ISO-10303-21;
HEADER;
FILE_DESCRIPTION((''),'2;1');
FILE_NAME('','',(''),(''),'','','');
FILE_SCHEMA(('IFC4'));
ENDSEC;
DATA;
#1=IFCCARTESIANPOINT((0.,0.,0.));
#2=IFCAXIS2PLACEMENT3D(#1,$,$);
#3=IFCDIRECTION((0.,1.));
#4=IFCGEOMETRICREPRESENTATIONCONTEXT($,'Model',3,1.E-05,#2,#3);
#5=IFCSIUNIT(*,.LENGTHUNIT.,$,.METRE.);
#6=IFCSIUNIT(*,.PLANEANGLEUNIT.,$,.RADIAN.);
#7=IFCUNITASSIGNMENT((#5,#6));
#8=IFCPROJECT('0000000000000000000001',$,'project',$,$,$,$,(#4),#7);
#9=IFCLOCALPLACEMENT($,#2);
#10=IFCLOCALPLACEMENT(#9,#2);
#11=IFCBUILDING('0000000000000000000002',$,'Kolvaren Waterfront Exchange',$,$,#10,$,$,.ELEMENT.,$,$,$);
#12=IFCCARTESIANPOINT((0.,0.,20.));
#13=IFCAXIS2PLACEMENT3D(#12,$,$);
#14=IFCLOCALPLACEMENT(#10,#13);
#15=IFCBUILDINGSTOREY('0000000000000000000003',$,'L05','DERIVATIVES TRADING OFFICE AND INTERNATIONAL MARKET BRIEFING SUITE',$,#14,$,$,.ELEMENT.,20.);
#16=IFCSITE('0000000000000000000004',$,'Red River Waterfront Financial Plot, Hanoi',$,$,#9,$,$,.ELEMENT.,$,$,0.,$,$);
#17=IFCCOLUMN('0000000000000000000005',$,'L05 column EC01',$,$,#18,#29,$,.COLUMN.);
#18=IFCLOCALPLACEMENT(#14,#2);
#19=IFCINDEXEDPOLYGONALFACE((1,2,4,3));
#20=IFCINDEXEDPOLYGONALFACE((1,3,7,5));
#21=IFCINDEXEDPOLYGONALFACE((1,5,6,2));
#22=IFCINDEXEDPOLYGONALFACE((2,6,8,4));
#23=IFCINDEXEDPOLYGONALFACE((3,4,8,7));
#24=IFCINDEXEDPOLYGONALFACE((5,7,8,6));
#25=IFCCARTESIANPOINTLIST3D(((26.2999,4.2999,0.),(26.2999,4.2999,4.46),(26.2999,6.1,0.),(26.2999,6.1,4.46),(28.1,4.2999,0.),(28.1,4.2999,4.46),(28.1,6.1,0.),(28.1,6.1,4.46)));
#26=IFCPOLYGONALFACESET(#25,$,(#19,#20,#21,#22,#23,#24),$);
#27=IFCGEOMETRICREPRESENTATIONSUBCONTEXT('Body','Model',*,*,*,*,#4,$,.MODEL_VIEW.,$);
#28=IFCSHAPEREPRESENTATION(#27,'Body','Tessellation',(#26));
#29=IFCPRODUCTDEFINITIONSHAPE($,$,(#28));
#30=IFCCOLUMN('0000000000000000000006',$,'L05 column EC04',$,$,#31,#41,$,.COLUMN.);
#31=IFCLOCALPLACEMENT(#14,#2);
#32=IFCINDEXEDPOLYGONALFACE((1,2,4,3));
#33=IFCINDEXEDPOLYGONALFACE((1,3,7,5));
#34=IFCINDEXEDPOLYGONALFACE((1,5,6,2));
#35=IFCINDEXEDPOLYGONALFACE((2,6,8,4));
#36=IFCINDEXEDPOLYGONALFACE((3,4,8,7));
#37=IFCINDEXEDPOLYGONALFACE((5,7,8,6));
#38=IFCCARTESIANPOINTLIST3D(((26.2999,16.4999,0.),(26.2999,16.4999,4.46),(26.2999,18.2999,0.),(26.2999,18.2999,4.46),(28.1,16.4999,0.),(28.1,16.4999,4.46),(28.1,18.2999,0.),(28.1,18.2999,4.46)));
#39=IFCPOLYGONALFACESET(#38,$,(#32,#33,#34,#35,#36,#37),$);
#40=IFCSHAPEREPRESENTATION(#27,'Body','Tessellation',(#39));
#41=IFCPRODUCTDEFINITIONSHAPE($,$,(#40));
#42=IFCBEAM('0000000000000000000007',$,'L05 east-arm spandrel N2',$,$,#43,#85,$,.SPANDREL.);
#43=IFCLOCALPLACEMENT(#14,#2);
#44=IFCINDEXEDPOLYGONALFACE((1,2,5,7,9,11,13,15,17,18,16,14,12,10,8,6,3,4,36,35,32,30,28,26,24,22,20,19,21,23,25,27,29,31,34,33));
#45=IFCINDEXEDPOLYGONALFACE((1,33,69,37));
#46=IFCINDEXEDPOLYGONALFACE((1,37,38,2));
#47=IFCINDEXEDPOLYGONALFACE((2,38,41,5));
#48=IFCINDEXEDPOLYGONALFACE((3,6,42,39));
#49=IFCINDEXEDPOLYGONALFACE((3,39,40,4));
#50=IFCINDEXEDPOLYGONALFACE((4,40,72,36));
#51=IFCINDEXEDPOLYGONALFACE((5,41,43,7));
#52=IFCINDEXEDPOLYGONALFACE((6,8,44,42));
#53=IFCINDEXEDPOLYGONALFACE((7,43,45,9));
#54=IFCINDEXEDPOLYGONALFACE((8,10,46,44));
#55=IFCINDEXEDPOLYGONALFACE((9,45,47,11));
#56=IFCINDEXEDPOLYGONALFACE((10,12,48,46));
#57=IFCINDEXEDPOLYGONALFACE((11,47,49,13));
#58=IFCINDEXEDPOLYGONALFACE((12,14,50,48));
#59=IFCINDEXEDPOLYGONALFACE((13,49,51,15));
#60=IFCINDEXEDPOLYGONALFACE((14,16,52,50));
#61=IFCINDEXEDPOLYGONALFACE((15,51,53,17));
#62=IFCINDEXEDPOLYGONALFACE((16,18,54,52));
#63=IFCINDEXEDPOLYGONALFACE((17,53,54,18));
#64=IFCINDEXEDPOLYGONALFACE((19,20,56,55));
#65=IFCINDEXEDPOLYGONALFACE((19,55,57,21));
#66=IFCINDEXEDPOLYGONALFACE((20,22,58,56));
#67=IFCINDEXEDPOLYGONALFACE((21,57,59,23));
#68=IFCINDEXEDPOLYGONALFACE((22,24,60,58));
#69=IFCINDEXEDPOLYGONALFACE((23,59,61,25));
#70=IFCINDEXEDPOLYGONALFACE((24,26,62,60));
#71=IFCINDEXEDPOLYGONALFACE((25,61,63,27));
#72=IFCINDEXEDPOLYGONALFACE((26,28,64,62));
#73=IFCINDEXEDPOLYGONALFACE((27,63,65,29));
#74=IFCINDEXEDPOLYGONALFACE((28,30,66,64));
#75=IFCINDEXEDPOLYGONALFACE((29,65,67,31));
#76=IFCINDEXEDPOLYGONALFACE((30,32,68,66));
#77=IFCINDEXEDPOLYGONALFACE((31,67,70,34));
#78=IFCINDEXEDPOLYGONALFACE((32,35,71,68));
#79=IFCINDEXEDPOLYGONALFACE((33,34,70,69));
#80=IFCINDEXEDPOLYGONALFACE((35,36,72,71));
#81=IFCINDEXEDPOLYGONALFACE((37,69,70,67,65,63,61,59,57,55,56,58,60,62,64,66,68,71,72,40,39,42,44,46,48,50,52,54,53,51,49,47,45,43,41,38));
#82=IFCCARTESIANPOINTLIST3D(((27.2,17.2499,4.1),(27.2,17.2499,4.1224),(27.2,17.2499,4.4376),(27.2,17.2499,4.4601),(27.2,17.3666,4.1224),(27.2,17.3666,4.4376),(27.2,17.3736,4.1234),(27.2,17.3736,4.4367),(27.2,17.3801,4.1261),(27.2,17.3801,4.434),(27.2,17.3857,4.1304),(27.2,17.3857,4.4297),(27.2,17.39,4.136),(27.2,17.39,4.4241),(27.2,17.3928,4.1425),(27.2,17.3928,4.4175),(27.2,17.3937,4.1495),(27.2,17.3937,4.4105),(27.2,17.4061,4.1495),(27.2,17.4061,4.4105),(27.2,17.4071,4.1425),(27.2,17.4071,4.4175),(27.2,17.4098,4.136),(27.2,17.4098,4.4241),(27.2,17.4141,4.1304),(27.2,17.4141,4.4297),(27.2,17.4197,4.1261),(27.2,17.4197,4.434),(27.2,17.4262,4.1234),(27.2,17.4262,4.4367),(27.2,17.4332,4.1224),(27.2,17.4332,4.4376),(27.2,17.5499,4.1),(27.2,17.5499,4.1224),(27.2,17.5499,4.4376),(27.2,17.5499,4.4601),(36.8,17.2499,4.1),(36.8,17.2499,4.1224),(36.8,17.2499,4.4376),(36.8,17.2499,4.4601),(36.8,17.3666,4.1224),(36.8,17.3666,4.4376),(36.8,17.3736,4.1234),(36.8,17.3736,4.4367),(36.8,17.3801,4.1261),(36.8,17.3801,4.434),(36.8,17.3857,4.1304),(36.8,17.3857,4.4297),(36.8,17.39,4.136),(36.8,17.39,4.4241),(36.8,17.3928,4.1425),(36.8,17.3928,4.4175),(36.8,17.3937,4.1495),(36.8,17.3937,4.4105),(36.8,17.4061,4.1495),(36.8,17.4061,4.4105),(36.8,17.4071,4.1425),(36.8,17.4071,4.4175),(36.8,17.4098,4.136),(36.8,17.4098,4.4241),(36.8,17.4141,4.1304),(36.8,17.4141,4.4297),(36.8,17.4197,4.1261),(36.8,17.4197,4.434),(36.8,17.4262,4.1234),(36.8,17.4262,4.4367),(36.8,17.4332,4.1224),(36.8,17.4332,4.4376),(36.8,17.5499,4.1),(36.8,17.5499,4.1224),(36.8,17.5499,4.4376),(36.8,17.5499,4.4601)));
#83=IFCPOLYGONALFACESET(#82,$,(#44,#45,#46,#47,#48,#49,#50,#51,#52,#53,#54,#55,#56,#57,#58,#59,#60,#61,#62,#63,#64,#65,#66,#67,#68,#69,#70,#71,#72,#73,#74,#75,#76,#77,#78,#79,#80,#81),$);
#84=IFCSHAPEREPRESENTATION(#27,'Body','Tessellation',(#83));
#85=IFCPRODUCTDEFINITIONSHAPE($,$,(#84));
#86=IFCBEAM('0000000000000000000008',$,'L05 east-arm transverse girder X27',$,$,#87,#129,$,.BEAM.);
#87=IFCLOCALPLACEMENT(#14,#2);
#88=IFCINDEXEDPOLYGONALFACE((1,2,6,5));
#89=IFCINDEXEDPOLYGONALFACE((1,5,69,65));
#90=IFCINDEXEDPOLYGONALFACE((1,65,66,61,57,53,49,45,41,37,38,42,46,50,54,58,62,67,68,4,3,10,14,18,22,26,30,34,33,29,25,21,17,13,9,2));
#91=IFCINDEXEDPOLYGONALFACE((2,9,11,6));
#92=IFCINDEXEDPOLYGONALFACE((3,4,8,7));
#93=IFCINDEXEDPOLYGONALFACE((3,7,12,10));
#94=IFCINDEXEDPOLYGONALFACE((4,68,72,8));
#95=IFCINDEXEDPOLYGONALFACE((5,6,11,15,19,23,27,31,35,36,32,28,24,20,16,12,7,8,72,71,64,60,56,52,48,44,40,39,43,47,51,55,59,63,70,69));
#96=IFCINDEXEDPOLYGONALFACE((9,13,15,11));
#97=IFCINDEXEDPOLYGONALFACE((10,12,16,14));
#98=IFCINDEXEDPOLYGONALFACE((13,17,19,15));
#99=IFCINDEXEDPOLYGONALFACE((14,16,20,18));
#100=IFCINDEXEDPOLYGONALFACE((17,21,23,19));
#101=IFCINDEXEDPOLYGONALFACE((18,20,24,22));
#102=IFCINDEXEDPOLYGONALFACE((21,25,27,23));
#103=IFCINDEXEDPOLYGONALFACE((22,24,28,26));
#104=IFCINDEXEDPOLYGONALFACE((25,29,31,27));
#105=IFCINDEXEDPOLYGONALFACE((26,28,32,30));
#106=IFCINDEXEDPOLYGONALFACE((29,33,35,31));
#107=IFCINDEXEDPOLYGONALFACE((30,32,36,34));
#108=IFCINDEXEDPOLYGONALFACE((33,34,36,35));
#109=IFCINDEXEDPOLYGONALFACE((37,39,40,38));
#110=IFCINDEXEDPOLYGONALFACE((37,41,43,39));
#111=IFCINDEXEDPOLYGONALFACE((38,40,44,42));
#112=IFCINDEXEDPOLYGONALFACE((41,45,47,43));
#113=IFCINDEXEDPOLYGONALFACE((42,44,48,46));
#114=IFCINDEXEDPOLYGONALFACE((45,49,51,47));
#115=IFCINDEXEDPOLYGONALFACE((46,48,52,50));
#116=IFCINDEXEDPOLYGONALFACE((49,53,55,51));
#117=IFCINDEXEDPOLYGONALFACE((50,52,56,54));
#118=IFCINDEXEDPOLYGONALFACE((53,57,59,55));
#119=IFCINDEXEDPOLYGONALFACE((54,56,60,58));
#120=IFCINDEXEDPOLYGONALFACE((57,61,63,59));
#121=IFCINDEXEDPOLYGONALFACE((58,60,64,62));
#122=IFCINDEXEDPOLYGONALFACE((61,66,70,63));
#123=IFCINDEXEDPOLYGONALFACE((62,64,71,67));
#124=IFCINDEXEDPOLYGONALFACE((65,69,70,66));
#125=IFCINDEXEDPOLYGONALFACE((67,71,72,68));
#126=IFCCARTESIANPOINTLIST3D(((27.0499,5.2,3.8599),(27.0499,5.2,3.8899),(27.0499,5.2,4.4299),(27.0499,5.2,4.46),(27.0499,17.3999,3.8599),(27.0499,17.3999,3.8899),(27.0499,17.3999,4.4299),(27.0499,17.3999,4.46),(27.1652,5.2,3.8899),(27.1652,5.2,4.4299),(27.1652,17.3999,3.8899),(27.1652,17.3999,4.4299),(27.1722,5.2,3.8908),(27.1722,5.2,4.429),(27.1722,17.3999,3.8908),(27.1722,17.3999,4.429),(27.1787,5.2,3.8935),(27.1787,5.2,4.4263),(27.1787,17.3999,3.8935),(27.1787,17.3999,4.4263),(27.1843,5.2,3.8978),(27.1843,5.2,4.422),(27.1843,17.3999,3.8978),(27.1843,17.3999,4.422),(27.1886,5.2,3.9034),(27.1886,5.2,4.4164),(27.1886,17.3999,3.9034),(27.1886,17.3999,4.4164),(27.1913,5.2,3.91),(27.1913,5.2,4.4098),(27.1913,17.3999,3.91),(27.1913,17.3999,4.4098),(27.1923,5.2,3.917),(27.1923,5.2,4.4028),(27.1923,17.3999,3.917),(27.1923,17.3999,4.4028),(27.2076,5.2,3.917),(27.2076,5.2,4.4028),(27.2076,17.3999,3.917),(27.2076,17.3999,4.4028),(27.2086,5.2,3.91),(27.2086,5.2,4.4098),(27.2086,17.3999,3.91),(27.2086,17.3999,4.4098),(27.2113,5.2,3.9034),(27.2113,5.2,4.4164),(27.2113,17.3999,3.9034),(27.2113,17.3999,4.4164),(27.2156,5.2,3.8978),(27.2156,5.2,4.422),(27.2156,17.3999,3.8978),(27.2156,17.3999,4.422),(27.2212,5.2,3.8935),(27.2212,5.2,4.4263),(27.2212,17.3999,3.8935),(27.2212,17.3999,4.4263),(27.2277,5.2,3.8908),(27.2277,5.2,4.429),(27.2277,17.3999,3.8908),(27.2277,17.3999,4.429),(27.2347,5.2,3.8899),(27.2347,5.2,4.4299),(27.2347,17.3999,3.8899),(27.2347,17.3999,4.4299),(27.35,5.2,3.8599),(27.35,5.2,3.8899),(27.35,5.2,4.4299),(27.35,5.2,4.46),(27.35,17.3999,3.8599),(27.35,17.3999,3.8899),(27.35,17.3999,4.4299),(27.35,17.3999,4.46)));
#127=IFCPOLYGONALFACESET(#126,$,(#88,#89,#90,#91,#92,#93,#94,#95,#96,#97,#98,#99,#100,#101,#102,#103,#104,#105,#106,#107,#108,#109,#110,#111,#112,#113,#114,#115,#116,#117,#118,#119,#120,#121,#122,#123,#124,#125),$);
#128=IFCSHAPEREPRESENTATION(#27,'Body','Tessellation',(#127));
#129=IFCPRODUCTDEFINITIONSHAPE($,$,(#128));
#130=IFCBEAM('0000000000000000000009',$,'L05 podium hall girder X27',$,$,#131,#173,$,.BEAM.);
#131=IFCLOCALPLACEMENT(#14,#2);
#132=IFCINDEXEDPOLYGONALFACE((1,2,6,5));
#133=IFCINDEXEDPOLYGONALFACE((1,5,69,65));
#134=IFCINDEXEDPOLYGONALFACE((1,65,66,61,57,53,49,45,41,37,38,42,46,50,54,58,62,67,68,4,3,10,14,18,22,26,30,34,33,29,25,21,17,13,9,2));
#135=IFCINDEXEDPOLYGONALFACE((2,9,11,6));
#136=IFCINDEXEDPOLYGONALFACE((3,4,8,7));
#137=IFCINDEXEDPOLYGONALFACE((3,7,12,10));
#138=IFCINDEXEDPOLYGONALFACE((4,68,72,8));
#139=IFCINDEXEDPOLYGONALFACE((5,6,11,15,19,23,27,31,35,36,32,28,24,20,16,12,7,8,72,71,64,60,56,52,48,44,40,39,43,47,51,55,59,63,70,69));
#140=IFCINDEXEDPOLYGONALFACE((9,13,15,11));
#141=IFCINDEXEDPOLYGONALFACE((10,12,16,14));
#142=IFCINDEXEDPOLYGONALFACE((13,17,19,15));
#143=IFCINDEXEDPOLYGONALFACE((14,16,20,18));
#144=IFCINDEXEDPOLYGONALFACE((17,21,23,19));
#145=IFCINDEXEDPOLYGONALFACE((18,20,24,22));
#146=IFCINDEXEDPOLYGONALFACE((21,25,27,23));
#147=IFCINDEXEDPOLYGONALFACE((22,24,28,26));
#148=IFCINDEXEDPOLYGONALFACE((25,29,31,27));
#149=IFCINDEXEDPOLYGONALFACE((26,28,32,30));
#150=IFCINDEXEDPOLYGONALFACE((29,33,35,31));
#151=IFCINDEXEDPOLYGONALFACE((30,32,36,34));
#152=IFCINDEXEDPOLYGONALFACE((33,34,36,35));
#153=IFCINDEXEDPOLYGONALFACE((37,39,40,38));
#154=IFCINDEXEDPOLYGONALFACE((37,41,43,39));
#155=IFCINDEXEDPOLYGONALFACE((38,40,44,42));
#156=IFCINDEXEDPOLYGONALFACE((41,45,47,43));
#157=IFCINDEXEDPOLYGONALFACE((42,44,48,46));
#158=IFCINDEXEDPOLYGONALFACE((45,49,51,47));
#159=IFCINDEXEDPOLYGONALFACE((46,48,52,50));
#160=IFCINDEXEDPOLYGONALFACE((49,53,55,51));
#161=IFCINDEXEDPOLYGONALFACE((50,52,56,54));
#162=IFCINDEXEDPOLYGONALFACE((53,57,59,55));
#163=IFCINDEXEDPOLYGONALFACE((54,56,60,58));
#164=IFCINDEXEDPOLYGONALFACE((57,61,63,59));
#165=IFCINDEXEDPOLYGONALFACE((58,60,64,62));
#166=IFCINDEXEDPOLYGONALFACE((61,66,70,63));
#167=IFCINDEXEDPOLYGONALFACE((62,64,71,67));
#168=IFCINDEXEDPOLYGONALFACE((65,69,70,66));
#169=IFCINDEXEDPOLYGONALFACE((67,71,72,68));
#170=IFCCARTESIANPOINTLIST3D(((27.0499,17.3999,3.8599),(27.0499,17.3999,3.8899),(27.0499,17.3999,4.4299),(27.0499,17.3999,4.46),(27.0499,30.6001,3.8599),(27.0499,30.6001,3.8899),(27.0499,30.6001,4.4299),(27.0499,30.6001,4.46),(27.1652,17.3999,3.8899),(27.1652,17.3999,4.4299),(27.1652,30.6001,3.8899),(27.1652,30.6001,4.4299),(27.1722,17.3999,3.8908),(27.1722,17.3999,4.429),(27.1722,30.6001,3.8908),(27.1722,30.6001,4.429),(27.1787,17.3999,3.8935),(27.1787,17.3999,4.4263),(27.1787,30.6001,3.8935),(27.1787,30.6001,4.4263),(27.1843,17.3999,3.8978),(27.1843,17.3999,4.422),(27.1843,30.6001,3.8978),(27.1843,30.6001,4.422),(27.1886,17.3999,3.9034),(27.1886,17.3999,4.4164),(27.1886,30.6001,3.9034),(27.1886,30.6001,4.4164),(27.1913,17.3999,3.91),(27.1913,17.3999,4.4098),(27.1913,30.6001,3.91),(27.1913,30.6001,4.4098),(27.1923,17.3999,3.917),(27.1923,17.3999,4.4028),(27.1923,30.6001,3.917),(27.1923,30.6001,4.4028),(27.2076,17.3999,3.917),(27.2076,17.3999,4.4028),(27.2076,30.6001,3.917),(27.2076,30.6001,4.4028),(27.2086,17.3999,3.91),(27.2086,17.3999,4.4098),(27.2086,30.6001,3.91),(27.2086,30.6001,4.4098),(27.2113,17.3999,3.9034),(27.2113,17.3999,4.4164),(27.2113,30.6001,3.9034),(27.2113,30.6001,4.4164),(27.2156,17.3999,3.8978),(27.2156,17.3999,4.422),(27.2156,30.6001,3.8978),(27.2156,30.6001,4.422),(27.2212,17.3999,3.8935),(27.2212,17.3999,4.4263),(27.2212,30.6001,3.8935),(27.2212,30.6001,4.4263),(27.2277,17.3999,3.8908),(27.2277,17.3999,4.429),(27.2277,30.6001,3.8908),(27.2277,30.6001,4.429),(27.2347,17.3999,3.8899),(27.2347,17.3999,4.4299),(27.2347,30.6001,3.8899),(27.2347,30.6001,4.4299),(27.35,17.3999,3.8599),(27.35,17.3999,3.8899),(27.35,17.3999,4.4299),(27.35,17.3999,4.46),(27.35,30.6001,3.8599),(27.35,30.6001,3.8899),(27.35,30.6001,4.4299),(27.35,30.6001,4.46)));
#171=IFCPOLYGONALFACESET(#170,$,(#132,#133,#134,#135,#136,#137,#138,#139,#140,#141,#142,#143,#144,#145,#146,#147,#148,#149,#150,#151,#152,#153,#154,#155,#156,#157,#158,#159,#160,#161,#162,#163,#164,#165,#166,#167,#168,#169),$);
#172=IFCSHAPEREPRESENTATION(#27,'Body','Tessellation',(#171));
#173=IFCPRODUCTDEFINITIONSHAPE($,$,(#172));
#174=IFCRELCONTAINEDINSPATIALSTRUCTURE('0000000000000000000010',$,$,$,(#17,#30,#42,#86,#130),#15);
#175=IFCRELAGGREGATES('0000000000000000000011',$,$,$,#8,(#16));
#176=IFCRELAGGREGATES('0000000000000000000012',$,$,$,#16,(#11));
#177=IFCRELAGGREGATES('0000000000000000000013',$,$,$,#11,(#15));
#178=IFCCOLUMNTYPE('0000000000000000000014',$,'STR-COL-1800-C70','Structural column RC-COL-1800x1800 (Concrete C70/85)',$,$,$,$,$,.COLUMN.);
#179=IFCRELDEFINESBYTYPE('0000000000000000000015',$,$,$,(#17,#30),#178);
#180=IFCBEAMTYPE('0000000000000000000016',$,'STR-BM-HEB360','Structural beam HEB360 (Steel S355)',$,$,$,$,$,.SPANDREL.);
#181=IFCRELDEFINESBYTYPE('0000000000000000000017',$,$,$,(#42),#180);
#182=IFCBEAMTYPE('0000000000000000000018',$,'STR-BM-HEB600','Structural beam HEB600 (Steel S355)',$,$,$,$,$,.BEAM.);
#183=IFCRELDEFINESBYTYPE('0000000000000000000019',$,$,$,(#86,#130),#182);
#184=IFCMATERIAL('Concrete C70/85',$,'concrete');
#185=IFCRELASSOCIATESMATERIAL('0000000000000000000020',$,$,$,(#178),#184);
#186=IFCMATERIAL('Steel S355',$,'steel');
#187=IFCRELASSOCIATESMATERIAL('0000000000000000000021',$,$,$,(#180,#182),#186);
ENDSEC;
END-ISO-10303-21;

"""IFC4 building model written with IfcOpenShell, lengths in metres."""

from ifc_helpers import new_model, si_unit, direction, frame, origin, origin_2d, place, context, subcontext, project, spatial, rectangle, i_section, extrude, material, material_profile, profile_set, type_object, element, save


model = new_model("IFC4")

# Units and contexts
model_context = context("Model", 3, precision=1e-05, world=origin(), true_north=direction((0.0, 1.0)))
body_context = subcontext(model_context, "Body", "Model", "MODEL_VIEW")
ifc_project = project(units=[si_unit("LENGTHUNIT", "METRE"), si_unit("PLANEANGLEUNIT", "RADIAN")], contexts=[model_context])

# Site, building, storey
site_placement = place(None, origin())
site = spatial("IfcSite", under=ifc_project, at=site_placement, Name="Red River Waterfront Financial Plot, Hanoi", CompositionType="ELEMENT", RefElevation=0.0)
building_placement = place(site_placement, origin())
building = spatial("IfcBuilding", under=site, at=building_placement, Name="Kolvaren Waterfront Exchange", CompositionType="ELEMENT")
storey_placement = place(building_placement, frame((0.0, 0.0, 20.0)))
storey = spatial("IfcBuildingStorey", under=building, at=storey_placement, Name="L05", Description="DERIVATIVES TRADING OFFICE AND INTERNATIONAL MARKET BRIEFING SUITE", CompositionType="ELEMENT", Elevation=20.0)

# Columns
ifc_material_1 = material(Name="Concrete C70/85", Category="concrete")
ifc_material_profile_1 = material_profile(ifc_material_1, rectangle(XDim=1.8, YDim=1.8, at=origin_2d()), Name="RC-COL-1800x1800")
ifc_profile_set_1 = profile_set([ifc_material_profile_1], Name="Concrete C70/85")
column_type = type_object("IfcColumnType", Name="STR-COL-1800-C70", Description="Structural column RC-COL-1800x1800 (Concrete C70/85)", PredefinedType="COLUMN", material=ifc_profile_set_1)
for number, where, z_axis, x_axis, name in (
    (1, (27.2, 5.2, 0.0), (0.0, 0.0, 1.0), (1.0, 0.0, 0.0), "L05 column EC01"),
    (2, (27.2, 17.3999, 0.0), (0.0, 0.0, 1.0), (1.0, 0.0, 0.0), "L05 column EC04"),
):
    element("IfcColumn", number, at=place(storey_placement, frame(where, z_axis=z_axis, x_axis=x_axis)), inside=storey, type_object=column_type, Name=name, PredefinedType="COLUMN", context=body_context, shape_type="SweptSolid", body=[
        extrude(rectangle(XDim=1.8, YDim=1.8, at=origin_2d()), origin(), (0.0, 0.0, 1.0), 4.46),
    ])

# Beams
ifc_material_2 = material(Name="Steel S355", Category="steel")
ifc_material_profile_2 = material_profile(ifc_material_2, i_section(OverallWidth=0.3, OverallDepth=0.3601, WebThickness=0.0125, FlangeThickness=0.0225, FilletRadius=0.0271, at=origin_2d()), Name="HEB360")
ifc_profile_set_2 = profile_set([ifc_material_profile_2], Name="Steel S355")
beam_type_1 = type_object("IfcBeamType", Name="STR-BM-HEB360", Description="Structural beam HEB360 (Steel S355)", PredefinedType="SPANDREL", material=ifc_profile_set_2)
beam_1_placement = place(storey_placement, frame((27.2, 17.3999, 4.28), z_axis=(1.0, 0.0, 0.0), x_axis=(0.0, 1.0, 0.0)))
element("IfcBeam", 3, at=beam_1_placement, inside=storey, type_object=beam_type_1, Name="L05 east-arm spandrel N2", PredefinedType="SPANDREL", context=body_context, shape_type="SweptSolid", body=[
    extrude(i_section(OverallWidth=0.3, OverallDepth=0.3601, WebThickness=0.0125, FlangeThickness=0.0225, FilletRadius=0.0271, at=origin_2d()), origin(), (0.0, 0.0, 1.0), 9.6001),
])
ifc_material_profile_3 = material_profile(ifc_material_2, i_section(OverallWidth=0.3, OverallDepth=0.6001, WebThickness=0.0154, FlangeThickness=0.03, FilletRadius=0.0271, at=origin_2d()), Name="HEB600")
ifc_profile_set_3 = profile_set([ifc_material_profile_3], Name="Steel S355")
beam_type_2 = type_object("IfcBeamType", Name="STR-BM-HEB600", Description="Structural beam HEB600 (Steel S355)", PredefinedType="BEAM", material=ifc_profile_set_3)
beam_2_placement = place(storey_placement, frame((27.2, 5.2, 4.1599), z_axis=(0.0, 1.0, 0.0), x_axis=(-1.0, 0.0, 0.0)))
element("IfcBeam", 4, at=beam_2_placement, inside=storey, type_object=beam_type_2, Name="L05 east-arm transverse girder X27", PredefinedType="BEAM", context=body_context, shape_type="SweptSolid", body=[
    extrude(i_section(OverallWidth=0.3, OverallDepth=0.6001, WebThickness=0.0154, FlangeThickness=0.03, FilletRadius=0.0271, at=origin_2d()), origin(), (0.0, 0.0, 1.0), 12.2),
])
beam_3_placement = place(storey_placement, frame((27.2, 17.3999, 4.1599), z_axis=(0.0, 1.0, 0.0), x_axis=(-1.0, 0.0, 0.0)))
element("IfcBeam", 5, at=beam_3_placement, inside=storey, type_object=beam_type_2, Name="L05 podium hall girder X27", PredefinedType="BEAM", context=body_context, shape_type="SweptSolid", body=[
    extrude(i_section(OverallWidth=0.3, OverallDepth=0.6001, WebThickness=0.0154, FlangeThickness=0.03, FilletRadius=0.0271, at=origin_2d()), origin(), (0.0, 0.0, 1.0), 13.2002),
])

save(model, "model.ifc")
